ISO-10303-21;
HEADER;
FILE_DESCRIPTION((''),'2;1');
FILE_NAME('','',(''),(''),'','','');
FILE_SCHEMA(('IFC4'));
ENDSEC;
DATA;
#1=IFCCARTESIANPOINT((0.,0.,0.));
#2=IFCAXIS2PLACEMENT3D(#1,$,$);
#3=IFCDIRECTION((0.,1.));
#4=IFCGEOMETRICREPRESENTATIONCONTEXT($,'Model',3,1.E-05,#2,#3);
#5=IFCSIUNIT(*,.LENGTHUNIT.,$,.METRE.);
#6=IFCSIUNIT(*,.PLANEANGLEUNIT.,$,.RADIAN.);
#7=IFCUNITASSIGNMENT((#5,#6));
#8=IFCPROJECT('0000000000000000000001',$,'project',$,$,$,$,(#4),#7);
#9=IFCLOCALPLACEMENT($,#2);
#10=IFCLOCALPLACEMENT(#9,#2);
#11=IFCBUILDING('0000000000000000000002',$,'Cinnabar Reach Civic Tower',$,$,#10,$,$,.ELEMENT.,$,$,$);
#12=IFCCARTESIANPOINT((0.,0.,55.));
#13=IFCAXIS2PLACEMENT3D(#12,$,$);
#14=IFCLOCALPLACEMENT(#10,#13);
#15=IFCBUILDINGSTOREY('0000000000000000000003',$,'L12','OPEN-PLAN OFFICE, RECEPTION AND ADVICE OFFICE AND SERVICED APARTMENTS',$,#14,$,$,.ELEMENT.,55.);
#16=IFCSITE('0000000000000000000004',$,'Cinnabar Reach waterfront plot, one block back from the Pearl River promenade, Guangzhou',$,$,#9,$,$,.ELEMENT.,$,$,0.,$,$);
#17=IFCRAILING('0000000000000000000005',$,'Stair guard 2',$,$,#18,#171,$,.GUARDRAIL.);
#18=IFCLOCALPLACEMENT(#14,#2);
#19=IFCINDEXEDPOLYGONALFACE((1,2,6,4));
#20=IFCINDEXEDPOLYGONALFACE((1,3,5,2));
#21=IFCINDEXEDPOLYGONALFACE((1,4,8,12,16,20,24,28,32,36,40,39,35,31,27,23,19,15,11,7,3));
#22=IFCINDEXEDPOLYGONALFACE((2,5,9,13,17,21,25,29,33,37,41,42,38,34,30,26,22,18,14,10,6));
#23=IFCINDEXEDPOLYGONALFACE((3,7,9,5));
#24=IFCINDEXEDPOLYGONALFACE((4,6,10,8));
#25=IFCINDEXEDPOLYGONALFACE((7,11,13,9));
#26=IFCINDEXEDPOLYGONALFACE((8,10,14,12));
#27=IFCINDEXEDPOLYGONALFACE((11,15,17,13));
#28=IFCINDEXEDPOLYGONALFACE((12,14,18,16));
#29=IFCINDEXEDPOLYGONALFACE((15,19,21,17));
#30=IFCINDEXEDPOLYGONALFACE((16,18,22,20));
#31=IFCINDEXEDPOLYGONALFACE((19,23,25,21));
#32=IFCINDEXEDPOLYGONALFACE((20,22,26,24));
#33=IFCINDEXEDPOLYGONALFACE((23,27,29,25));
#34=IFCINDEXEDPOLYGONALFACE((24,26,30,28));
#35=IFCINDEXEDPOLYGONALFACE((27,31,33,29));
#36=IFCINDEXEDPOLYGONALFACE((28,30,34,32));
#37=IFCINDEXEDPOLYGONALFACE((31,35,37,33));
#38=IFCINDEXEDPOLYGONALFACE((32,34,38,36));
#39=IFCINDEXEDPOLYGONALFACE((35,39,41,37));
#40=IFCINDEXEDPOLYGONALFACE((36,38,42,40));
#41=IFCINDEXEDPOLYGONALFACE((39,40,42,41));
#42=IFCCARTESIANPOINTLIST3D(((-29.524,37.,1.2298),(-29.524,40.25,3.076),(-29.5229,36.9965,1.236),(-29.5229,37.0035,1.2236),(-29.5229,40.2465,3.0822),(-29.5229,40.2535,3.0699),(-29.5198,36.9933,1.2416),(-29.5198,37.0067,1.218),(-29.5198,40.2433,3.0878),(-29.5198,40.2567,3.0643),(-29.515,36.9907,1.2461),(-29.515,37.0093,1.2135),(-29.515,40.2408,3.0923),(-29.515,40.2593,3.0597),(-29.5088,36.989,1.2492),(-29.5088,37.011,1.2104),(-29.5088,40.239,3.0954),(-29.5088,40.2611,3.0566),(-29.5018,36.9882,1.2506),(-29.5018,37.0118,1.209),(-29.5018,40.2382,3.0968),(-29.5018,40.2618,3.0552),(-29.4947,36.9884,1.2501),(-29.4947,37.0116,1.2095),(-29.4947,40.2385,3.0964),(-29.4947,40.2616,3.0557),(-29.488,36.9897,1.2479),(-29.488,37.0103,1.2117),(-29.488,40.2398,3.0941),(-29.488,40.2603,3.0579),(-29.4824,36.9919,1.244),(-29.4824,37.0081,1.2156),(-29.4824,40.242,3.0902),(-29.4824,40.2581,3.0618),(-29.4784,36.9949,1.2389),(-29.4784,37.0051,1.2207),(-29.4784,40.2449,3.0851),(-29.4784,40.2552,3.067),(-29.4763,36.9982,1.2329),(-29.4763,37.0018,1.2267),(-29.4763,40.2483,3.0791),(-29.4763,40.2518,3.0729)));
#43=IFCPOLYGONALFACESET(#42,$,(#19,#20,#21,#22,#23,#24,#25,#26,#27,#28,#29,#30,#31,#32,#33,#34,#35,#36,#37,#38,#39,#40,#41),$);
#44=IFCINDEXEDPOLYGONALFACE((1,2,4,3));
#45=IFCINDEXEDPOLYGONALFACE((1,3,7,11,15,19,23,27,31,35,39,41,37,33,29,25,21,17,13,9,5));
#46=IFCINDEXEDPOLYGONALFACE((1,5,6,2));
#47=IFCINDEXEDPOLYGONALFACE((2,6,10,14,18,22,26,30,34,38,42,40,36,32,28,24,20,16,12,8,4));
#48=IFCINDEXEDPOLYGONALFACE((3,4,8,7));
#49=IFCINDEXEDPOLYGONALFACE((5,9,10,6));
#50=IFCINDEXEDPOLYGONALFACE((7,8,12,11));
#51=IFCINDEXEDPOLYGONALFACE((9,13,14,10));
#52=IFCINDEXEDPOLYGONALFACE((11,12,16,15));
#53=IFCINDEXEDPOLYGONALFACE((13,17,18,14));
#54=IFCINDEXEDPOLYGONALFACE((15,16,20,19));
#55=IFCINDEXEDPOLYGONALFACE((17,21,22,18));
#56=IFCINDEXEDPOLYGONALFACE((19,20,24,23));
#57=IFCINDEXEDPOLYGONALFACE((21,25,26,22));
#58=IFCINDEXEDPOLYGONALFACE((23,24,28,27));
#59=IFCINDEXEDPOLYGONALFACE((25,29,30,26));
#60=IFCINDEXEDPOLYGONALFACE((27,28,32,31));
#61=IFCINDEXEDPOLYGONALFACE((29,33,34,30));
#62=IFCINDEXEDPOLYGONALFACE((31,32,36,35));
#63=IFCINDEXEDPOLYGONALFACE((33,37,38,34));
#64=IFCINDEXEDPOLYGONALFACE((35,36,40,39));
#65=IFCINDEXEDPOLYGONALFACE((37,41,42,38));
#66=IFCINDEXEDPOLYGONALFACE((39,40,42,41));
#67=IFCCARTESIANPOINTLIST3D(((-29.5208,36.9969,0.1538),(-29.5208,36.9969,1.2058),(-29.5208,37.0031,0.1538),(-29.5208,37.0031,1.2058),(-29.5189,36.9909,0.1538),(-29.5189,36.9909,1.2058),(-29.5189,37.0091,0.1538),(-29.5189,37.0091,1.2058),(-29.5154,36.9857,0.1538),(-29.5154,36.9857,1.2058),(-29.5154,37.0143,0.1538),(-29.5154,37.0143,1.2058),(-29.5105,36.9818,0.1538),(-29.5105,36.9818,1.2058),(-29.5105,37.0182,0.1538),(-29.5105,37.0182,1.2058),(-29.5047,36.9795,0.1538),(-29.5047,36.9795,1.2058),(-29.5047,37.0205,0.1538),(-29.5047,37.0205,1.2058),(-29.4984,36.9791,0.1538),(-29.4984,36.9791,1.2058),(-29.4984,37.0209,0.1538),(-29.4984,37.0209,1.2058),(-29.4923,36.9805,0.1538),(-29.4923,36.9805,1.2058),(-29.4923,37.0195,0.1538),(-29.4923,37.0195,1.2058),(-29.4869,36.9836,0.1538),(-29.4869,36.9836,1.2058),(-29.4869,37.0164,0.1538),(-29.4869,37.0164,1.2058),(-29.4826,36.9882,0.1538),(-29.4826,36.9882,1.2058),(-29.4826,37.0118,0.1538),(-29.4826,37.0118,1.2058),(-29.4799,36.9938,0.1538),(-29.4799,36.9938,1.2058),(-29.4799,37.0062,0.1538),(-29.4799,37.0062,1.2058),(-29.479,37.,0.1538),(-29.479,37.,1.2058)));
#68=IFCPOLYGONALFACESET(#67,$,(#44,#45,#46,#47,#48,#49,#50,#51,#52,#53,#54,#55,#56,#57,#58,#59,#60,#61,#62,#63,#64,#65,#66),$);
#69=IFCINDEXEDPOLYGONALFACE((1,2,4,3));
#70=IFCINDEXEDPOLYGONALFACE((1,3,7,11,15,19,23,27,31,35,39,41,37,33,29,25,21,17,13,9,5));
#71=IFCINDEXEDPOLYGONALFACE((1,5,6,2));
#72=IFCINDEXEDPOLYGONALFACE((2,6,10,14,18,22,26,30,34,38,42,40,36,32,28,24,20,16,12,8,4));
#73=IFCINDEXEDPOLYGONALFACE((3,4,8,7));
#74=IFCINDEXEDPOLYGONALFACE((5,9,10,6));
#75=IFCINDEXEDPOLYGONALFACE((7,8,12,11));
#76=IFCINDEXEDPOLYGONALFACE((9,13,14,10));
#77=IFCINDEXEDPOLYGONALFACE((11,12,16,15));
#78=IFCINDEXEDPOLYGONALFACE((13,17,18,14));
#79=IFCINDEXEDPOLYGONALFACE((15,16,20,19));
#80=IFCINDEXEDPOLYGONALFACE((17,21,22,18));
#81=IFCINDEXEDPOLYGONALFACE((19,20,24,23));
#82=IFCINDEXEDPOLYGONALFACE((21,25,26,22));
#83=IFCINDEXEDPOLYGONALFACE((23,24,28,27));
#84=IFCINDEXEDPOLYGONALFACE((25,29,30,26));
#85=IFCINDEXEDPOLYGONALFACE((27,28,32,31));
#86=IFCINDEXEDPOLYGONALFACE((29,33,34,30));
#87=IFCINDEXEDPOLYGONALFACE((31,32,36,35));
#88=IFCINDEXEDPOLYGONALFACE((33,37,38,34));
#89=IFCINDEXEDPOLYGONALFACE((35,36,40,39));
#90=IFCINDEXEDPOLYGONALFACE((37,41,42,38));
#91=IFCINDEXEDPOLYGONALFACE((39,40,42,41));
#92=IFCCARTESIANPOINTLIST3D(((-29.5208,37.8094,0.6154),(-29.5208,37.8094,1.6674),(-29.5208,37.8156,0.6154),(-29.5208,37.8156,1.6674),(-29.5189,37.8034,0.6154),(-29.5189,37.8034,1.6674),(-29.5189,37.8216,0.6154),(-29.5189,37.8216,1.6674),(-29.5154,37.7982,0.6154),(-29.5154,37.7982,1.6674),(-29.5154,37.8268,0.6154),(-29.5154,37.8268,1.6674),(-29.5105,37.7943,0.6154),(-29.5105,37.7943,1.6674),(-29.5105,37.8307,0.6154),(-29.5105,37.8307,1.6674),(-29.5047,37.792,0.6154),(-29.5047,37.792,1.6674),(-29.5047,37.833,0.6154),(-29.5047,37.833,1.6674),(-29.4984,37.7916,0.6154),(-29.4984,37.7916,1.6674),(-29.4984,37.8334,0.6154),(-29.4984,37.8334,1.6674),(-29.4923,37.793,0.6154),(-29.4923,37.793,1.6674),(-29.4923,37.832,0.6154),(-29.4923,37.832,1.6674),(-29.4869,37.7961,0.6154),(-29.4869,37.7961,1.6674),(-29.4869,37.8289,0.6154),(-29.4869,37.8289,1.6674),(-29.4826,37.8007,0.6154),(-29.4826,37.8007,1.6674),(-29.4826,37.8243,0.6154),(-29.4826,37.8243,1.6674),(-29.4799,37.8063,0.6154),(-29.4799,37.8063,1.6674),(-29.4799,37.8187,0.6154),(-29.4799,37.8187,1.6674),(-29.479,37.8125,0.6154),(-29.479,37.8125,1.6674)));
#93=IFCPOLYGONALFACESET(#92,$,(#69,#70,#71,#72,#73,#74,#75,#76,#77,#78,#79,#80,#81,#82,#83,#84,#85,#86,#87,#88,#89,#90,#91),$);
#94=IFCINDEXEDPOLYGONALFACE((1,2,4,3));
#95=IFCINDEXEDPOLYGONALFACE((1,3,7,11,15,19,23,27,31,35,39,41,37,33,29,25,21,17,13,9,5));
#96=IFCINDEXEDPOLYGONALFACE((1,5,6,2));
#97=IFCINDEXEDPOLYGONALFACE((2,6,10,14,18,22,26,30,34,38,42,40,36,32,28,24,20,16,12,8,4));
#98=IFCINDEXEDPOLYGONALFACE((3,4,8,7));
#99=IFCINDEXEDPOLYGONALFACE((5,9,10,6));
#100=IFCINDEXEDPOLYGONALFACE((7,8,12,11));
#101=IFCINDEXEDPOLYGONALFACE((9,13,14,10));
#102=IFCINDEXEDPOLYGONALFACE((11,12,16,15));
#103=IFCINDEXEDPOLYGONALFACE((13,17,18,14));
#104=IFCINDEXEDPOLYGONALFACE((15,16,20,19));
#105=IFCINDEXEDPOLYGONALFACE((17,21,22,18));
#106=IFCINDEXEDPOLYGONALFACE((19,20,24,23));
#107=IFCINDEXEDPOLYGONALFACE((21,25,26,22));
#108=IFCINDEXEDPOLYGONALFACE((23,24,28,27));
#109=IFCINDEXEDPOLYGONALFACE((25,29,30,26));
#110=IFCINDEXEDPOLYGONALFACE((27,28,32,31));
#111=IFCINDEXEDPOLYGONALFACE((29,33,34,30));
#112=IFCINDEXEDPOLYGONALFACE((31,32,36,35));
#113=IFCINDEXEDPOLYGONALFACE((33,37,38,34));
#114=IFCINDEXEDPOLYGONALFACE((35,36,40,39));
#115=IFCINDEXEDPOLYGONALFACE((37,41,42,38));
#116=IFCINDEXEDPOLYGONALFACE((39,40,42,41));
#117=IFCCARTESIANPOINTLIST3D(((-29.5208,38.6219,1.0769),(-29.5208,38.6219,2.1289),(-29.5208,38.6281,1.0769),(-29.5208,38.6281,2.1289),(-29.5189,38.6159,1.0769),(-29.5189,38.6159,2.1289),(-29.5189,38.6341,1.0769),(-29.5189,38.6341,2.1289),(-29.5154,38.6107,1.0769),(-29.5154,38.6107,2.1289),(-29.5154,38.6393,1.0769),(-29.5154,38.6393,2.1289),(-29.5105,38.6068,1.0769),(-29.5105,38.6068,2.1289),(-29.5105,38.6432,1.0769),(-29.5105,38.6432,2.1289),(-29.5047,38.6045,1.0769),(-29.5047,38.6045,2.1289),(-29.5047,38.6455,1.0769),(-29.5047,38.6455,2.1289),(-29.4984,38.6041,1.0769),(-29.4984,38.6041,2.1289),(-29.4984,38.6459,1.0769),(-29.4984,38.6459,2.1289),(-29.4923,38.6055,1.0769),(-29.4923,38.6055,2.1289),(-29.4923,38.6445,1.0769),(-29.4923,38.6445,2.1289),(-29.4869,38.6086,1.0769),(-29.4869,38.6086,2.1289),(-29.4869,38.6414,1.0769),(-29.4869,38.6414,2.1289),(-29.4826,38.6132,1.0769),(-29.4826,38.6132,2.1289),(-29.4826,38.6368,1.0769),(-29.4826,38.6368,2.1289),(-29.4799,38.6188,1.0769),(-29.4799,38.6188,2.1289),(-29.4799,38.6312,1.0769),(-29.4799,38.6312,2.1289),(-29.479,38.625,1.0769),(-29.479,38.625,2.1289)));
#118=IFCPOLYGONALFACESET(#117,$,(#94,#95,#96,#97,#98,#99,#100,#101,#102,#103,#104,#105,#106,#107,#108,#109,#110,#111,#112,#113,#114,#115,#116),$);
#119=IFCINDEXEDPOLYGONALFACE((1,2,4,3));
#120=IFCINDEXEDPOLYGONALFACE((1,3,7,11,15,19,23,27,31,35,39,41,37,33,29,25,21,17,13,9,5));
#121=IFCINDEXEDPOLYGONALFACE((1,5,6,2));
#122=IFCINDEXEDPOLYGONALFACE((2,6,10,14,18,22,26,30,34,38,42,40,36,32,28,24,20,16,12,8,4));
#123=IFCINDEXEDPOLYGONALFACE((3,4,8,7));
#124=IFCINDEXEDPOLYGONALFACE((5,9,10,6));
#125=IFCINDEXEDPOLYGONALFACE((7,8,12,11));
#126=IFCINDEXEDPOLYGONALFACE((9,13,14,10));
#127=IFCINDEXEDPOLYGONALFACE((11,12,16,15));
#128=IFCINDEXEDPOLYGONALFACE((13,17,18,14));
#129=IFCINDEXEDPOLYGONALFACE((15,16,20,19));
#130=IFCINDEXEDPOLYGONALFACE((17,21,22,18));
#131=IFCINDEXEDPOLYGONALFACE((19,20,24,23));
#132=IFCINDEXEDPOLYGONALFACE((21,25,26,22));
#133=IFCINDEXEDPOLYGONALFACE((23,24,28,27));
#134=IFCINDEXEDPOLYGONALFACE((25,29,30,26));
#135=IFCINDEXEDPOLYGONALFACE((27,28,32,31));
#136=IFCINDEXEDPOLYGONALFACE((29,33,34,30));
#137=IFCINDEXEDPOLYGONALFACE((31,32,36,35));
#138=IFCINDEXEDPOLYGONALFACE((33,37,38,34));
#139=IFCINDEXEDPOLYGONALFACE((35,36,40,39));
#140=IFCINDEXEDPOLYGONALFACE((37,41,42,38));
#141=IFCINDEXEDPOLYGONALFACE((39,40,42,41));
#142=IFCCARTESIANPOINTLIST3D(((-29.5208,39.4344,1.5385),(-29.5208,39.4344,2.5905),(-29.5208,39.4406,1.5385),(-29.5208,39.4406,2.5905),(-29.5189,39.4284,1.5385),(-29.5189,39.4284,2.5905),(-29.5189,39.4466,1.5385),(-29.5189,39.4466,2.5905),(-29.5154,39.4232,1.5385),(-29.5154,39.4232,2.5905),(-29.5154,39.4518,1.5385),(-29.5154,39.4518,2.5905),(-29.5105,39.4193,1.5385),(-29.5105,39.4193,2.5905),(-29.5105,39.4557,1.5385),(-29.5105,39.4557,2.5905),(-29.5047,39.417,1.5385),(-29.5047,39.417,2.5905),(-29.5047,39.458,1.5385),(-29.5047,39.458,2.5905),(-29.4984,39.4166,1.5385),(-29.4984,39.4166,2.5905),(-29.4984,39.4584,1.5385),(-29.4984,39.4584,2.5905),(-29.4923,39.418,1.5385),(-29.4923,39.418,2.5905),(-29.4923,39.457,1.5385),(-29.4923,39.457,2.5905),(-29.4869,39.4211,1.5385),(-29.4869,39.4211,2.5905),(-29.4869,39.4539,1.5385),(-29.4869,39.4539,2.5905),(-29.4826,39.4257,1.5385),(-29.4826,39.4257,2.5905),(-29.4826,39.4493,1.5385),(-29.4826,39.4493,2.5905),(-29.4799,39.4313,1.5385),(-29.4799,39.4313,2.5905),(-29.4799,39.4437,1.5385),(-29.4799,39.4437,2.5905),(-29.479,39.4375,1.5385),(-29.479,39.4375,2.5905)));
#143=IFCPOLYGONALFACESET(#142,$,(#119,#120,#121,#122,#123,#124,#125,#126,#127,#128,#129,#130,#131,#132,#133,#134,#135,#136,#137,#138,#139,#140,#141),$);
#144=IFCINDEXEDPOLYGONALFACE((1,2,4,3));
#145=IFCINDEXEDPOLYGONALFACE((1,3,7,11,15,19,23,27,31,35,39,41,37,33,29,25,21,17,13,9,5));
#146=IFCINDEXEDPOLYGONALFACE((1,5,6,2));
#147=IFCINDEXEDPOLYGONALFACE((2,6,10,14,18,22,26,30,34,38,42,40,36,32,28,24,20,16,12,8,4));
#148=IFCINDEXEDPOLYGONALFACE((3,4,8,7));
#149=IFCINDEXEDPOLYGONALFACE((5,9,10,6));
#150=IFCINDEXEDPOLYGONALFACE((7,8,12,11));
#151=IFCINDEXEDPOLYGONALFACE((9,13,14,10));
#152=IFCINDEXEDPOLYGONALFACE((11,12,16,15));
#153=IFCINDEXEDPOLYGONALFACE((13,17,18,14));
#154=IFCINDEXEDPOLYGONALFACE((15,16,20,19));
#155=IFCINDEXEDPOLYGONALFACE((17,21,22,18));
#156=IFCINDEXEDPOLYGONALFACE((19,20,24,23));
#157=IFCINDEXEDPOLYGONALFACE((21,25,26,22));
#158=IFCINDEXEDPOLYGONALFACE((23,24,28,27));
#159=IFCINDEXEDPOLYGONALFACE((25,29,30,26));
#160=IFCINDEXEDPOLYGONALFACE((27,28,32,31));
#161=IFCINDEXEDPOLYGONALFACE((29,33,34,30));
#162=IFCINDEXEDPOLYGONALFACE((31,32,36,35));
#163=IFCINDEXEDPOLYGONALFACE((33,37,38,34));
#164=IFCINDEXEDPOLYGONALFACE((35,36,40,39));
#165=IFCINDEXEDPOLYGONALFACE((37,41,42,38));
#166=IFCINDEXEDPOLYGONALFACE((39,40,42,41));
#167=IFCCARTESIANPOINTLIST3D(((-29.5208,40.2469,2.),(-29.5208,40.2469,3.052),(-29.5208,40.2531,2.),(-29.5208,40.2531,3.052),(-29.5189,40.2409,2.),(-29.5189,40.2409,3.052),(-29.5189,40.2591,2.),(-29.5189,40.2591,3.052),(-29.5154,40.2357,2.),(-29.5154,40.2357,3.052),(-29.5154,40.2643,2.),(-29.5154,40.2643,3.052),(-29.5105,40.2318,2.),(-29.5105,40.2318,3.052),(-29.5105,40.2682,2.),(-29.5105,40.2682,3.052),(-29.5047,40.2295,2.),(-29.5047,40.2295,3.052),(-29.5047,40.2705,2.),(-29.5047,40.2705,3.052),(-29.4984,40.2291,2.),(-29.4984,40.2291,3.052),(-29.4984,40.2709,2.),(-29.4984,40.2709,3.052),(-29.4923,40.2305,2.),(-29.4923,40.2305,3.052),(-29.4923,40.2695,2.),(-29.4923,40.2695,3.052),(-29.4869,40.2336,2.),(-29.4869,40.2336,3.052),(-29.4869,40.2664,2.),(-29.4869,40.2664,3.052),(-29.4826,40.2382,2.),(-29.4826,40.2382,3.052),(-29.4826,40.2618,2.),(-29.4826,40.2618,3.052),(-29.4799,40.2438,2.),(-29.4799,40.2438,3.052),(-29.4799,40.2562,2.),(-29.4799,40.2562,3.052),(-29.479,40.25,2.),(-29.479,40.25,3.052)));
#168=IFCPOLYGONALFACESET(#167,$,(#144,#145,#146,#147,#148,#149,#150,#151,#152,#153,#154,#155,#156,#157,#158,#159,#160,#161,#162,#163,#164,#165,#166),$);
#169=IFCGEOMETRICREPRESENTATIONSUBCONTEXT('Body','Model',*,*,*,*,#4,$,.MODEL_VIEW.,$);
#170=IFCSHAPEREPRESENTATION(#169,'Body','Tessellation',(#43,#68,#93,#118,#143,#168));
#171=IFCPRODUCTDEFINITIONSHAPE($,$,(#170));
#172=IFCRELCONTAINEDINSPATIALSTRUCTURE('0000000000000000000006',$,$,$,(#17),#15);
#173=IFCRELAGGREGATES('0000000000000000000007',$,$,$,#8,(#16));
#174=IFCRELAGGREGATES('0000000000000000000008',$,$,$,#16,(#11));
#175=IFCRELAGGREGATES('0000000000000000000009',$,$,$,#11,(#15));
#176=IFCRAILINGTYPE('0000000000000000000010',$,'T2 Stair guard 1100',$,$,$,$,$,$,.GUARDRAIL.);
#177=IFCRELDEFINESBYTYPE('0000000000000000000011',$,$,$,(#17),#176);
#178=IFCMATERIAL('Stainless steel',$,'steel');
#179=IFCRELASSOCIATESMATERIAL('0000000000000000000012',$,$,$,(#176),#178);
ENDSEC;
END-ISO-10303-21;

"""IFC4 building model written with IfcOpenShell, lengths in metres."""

from ifc_helpers import new_model, si_unit, direction, frame, origin, origin_2d, place, context, subcontext, project, spatial, circle, extrude, material, type_object, element, save


model = new_model("IFC4")

# Units and contexts
model_context = context("Model", 3, precision=1e-05, world=origin(), true_north=direction((0.0, 1.0)))
body_context = subcontext(model_context, "Body", "Model", "MODEL_VIEW")
ifc_project = project(units=[si_unit("LENGTHUNIT", "METRE"), si_unit("PLANEANGLEUNIT", "RADIAN")], contexts=[model_context])

# Site, building, storey
site_placement = place(None, origin())
site = spatial("IfcSite", under=ifc_project, at=site_placement, Name="Cinnabar Reach waterfront plot, one block back from the Pearl River promenade, Guangzhou", CompositionType="ELEMENT", RefElevation=0.0)
building_placement = place(site_placement, origin())
building = spatial("IfcBuilding", under=site, at=building_placement, Name="Cinnabar Reach Civic Tower", CompositionType="ELEMENT")
storey_placement = place(building_placement, frame((0.0, 0.0, 55.0)))
storey = spatial("IfcBuildingStorey", under=building, at=storey_placement, Name="L12", Description="OPEN-PLAN OFFICE, RECEPTION AND ADVICE OFFICE AND SERVICED APARTMENTS", CompositionType="ELEMENT", Elevation=55.0)

# Railing
ifc_material_1 = material(Name="Stainless steel", Category="steel")
railing_type_1 = type_object("IfcRailingType", Name="T2 Stair guard 1100", PredefinedType="GUARDRAIL", material=ifc_material_1)
railing_1_placement = place(storey_placement, frame((-29.5, 37.0, 0.1538)))
element("IfcRailing", 1, at=railing_1_placement, inside=storey, type_object=railing_type_1, Name="Stair guard 2", PredefinedType="GUARDRAIL", context=body_context, shape_type="SweptSolid", body=[
    extrude(circle(Radius=0.024, at=origin_2d()), frame((0.0, 0.0, 1.076), z_axis=(0.0, 0.869501, 0.49393), x_axis=(-1.0, 0.0, 0.0)), (0.0, 0.0, 1.0), 3.7378),
    extrude(circle(Radius=0.021, at=origin_2d()), origin(), (0.0, 0.0, 1.0), 1.052),
    extrude(circle(Radius=0.021, at=origin_2d()), frame((0.0, 0.8125, 0.4616)), (0.0, 0.0, 1.0), 1.052),
    extrude(circle(Radius=0.021, at=origin_2d()), frame((0.0, 1.625, 0.9231)), (0.0, 0.0, 1.0), 1.052),
    extrude(circle(Radius=0.021, at=origin_2d()), frame((0.0, 2.4375, 1.3847)), (0.0, 0.0, 1.0), 1.052),
    extrude(circle(Radius=0.021, at=origin_2d()), frame((0.0, 3.25, 1.8462)), (0.0, 0.0, 1.0), 1.052),
])

save(model, "model.ifc")
